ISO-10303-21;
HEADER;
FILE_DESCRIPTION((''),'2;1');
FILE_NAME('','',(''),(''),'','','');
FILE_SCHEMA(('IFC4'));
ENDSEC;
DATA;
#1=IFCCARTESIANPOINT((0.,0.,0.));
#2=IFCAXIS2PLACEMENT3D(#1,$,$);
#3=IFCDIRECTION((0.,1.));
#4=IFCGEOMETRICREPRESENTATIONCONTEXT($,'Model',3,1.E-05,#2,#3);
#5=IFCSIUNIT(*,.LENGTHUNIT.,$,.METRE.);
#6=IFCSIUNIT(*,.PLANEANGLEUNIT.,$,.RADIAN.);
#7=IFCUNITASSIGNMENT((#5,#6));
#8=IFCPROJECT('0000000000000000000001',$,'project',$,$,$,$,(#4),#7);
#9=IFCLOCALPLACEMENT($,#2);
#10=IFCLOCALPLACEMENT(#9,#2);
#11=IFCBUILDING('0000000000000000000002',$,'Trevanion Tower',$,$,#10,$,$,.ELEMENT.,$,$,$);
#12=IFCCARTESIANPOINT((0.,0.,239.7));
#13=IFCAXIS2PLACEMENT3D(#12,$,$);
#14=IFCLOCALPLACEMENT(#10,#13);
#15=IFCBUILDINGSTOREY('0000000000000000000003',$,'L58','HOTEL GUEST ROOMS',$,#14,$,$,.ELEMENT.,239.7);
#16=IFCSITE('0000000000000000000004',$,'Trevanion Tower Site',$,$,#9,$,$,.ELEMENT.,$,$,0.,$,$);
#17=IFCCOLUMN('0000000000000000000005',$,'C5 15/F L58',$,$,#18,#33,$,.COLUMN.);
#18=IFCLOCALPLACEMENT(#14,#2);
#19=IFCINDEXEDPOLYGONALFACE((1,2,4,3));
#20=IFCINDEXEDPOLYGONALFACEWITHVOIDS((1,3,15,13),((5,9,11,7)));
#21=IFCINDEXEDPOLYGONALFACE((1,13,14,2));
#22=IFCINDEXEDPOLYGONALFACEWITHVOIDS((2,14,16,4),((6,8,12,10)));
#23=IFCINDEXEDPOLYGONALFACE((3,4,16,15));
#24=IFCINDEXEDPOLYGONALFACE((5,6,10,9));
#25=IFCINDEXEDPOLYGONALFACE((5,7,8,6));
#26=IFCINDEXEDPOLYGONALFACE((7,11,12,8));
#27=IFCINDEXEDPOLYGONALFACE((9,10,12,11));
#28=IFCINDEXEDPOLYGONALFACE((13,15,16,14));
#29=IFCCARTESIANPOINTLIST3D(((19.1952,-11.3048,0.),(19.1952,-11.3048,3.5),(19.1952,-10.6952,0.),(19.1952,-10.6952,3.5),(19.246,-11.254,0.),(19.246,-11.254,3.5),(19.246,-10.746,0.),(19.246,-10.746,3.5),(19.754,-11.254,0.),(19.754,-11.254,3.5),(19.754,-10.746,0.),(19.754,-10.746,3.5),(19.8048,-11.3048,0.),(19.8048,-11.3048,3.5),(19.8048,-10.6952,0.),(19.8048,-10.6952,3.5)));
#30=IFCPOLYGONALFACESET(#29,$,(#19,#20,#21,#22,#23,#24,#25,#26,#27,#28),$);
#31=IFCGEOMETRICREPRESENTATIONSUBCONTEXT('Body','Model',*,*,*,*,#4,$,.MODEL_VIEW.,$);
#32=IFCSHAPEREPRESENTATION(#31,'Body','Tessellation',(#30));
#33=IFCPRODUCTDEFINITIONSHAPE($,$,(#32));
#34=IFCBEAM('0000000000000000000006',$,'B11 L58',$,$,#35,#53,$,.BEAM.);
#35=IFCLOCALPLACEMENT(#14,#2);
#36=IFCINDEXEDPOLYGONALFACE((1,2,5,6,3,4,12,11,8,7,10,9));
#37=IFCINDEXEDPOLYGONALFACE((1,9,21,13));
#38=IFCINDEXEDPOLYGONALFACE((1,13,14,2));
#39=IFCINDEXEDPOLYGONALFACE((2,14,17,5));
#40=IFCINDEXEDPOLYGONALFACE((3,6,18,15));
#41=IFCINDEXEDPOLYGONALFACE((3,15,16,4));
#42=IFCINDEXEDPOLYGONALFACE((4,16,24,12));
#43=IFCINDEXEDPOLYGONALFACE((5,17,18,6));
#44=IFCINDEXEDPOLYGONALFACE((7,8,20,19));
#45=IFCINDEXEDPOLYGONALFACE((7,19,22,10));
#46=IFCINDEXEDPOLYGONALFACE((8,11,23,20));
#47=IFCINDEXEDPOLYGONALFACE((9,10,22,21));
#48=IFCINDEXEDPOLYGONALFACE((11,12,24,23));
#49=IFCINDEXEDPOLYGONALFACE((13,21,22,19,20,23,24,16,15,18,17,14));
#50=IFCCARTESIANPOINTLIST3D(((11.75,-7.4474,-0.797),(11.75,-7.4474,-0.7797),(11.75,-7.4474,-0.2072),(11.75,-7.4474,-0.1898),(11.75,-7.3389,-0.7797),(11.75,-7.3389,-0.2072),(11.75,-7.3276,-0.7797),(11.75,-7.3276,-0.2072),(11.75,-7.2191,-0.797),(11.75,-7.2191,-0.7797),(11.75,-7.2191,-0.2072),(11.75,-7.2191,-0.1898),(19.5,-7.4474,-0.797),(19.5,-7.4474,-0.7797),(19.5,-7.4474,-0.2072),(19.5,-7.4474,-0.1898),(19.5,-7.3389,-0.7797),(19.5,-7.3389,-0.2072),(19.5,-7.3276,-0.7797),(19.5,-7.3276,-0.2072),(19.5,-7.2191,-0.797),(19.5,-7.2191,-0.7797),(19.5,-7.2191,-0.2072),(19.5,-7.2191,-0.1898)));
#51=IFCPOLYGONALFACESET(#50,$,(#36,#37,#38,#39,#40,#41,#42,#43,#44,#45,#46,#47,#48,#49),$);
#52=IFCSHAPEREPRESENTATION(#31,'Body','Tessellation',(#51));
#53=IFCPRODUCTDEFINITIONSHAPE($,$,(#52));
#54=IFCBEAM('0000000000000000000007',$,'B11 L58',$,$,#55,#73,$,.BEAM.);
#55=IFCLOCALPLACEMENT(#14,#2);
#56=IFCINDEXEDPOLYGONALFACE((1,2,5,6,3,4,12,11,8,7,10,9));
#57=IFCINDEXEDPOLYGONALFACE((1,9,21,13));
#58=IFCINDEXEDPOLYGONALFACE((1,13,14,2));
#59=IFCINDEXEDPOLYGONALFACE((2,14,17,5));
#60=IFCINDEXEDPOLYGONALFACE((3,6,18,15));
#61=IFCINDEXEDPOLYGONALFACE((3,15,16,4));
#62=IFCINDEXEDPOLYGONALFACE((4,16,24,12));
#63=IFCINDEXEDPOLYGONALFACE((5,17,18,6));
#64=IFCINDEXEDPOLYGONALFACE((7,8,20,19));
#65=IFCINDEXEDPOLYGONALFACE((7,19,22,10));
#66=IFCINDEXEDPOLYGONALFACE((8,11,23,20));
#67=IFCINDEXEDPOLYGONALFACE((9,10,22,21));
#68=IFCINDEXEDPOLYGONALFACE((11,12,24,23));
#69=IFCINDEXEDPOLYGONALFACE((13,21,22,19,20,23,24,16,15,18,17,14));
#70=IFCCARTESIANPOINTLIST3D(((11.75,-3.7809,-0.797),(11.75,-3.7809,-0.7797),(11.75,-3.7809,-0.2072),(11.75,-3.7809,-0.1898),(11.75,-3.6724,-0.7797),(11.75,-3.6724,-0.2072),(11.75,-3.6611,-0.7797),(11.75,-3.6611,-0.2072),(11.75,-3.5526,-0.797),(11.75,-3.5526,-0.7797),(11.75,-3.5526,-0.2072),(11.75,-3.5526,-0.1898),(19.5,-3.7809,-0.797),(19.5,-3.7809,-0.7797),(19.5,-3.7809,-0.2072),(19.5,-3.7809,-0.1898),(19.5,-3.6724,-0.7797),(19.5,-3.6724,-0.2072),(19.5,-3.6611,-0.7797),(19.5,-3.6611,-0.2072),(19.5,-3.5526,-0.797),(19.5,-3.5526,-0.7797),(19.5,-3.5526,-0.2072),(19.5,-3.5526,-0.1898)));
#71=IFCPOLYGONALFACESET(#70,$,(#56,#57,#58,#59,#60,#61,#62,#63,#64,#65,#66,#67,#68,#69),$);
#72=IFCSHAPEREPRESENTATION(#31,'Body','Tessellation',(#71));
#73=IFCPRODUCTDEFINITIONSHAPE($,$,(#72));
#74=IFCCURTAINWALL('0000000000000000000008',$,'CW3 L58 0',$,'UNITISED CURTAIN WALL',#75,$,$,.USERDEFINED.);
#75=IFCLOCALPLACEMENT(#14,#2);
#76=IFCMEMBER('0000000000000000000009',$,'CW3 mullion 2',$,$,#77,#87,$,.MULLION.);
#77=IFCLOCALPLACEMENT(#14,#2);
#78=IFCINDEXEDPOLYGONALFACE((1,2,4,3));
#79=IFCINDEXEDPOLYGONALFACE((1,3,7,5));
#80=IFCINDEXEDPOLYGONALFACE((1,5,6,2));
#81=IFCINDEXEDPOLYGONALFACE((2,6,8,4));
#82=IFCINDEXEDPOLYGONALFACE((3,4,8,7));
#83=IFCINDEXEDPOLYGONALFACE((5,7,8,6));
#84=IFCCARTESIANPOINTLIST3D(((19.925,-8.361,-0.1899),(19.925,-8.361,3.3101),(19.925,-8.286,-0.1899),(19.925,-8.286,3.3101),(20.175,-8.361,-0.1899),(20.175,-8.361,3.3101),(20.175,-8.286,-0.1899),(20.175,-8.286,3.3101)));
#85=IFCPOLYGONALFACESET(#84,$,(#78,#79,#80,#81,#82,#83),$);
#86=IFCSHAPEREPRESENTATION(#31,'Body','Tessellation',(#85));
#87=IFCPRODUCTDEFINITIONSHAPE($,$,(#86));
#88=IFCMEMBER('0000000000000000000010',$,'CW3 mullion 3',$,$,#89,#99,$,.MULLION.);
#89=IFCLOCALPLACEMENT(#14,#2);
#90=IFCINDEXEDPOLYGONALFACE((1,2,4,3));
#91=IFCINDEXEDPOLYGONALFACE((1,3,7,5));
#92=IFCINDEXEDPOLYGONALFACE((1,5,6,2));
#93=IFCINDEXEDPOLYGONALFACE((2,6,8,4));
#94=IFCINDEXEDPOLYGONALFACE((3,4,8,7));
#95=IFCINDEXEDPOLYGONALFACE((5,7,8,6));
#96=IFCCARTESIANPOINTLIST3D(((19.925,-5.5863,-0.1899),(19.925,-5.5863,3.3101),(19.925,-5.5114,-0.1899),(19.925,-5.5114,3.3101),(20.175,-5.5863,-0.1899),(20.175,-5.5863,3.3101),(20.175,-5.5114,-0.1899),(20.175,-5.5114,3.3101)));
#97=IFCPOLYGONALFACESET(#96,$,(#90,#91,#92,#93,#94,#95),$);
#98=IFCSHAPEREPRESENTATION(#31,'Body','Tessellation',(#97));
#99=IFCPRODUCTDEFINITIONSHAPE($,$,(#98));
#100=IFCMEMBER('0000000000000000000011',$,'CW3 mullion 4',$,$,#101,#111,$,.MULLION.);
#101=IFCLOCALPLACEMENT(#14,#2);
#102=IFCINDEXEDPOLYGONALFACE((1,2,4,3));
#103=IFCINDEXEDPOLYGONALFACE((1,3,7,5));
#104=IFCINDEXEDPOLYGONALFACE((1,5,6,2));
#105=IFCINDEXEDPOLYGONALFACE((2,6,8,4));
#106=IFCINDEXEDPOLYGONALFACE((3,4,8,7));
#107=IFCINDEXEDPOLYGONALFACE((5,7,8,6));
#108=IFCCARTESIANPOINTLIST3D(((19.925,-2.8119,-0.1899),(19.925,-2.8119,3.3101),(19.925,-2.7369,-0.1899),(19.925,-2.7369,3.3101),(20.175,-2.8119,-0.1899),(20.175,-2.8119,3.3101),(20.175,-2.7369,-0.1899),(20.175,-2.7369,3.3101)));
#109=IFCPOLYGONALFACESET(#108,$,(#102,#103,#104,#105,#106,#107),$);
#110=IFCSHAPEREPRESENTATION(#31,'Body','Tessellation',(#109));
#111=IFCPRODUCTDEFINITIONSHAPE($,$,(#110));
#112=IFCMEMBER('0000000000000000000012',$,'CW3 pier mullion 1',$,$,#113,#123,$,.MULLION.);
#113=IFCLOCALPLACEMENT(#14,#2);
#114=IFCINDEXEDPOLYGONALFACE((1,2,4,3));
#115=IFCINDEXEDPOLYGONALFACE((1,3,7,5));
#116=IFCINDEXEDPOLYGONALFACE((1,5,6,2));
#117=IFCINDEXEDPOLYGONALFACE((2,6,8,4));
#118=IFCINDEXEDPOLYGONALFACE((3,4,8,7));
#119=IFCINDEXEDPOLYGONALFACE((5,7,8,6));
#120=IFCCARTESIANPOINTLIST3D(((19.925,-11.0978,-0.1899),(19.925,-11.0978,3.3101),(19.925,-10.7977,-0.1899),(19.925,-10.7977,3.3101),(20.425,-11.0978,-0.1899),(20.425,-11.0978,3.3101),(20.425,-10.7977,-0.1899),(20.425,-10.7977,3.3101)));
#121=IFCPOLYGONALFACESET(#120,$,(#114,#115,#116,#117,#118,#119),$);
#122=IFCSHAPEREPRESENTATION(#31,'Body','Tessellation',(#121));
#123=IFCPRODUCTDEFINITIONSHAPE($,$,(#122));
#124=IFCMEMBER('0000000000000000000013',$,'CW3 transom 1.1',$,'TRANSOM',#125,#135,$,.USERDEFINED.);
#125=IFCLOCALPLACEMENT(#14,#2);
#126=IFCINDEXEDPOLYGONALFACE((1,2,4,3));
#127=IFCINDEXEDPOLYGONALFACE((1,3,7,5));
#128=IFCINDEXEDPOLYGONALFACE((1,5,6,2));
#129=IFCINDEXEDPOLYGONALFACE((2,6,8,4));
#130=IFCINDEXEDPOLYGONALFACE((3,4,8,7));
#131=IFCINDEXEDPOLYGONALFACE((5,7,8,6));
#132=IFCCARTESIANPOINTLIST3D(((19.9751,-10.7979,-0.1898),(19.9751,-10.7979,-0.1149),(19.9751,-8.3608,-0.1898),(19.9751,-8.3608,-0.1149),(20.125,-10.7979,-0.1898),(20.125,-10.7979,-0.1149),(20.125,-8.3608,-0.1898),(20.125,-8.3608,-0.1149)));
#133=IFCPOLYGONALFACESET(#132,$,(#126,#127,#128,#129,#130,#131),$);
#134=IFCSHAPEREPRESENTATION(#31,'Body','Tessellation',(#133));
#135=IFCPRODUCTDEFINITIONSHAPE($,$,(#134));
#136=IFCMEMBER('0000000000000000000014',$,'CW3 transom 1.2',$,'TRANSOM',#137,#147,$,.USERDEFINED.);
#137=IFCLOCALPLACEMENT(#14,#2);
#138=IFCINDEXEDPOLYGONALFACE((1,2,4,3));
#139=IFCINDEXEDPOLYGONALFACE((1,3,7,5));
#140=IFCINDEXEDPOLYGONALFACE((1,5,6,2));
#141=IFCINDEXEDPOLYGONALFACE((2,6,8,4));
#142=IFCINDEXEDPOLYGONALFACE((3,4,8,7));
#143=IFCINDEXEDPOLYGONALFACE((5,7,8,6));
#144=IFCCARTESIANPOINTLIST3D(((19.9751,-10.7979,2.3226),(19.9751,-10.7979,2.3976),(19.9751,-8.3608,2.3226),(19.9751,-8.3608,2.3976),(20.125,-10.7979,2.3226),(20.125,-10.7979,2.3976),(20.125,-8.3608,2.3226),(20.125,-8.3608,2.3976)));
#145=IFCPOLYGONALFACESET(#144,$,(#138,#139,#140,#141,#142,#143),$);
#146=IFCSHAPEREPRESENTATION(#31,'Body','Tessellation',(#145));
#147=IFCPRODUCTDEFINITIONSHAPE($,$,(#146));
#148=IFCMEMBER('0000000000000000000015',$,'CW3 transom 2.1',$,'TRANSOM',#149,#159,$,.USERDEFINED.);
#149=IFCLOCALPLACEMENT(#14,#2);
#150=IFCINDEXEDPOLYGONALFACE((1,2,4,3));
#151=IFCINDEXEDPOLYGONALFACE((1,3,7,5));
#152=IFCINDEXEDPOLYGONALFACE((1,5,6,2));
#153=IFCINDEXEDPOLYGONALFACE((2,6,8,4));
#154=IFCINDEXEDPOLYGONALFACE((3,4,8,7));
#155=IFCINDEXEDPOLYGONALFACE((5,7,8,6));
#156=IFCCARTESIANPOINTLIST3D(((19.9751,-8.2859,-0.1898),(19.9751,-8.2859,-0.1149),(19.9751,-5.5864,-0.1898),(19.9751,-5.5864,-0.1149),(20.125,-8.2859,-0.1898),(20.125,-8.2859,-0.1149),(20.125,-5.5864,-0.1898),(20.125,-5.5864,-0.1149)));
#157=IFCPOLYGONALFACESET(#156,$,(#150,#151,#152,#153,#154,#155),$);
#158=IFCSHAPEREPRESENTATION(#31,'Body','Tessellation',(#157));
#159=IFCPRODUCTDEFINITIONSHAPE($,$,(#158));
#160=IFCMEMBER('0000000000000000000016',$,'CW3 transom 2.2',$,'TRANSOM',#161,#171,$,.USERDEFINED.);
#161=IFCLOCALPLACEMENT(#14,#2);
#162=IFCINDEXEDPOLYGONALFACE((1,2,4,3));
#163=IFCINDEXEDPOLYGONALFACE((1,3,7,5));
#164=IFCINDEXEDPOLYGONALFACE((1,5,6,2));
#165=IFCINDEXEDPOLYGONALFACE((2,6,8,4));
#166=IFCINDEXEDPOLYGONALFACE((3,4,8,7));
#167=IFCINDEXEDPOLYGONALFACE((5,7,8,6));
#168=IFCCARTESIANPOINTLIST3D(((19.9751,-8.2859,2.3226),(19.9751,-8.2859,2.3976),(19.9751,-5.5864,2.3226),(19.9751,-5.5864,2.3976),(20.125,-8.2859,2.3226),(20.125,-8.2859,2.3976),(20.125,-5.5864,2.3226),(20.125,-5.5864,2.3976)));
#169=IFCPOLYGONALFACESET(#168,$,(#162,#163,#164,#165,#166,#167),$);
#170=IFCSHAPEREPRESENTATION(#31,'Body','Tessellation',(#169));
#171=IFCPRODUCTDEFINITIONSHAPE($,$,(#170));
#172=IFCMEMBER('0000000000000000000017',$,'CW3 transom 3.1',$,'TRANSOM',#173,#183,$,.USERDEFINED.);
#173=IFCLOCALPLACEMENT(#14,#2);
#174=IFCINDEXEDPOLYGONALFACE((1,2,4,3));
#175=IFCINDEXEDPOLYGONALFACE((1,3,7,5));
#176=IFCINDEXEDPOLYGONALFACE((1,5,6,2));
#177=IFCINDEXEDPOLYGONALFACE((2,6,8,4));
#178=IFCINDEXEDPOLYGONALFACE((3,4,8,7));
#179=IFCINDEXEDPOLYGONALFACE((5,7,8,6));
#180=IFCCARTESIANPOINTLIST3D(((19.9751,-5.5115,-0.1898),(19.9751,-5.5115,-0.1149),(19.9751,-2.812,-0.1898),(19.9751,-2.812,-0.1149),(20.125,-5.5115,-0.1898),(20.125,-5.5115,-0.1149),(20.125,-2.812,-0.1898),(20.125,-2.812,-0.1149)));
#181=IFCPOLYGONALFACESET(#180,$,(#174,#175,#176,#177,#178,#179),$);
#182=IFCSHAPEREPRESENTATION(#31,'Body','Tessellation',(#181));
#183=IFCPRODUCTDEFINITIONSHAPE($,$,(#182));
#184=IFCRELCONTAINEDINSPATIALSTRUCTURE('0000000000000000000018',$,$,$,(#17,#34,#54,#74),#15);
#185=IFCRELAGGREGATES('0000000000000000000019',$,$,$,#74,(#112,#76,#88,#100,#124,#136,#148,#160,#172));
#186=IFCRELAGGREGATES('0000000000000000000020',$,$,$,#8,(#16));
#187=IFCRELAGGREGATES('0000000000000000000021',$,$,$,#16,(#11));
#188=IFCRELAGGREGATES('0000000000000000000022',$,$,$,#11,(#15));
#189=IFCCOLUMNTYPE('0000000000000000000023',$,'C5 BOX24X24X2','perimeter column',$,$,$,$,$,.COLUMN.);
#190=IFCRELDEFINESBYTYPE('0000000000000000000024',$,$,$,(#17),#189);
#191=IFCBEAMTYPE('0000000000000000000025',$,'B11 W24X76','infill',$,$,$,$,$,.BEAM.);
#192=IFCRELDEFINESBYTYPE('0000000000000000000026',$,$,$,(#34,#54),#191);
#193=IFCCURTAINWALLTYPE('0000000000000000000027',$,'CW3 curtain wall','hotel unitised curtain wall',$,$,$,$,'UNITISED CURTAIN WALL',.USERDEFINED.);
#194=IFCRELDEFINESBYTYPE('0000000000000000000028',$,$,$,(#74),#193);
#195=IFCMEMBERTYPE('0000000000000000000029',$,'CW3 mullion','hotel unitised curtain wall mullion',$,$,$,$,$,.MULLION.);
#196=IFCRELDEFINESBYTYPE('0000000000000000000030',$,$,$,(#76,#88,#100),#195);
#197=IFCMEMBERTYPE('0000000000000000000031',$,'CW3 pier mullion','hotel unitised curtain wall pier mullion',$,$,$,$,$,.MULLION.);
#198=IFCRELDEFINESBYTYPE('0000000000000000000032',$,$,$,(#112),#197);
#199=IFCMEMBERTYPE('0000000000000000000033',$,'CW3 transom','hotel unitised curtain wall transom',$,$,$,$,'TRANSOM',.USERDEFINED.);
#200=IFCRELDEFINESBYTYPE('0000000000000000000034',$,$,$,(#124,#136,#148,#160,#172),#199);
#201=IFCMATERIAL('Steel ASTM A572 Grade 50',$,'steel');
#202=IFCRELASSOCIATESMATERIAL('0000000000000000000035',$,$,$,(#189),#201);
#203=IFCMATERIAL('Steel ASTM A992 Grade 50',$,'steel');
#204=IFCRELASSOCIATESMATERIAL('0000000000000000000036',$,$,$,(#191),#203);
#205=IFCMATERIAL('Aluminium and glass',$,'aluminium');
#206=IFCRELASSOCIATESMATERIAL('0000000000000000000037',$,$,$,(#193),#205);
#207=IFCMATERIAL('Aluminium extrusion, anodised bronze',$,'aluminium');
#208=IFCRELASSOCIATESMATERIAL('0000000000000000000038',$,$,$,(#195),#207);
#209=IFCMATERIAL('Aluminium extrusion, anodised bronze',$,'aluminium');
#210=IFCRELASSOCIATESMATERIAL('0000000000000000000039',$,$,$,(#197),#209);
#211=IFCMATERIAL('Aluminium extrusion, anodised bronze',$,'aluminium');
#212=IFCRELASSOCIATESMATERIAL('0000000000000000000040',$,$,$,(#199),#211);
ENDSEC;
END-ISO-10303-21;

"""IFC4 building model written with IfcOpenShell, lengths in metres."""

from ifc_helpers import new_model, si_unit, direction, frame, origin, origin_2d, place, context, subcontext, project, spatial, rectangle, hollow_rectangle, i_section, extrude, material, material_profile, profile_set, type_object, element, aggregate, save


model = new_model("IFC4")

# Units and contexts
model_context = context("Model", 3, precision=1e-05, world=origin(), true_north=direction((0.0, 1.0)))
body_context = subcontext(model_context, "Body", "Model", "MODEL_VIEW")
ifc_project = project(units=[si_unit("LENGTHUNIT", "METRE"), si_unit("PLANEANGLEUNIT", "RADIAN")], contexts=[model_context])

# Site, building, storey
site_placement = place(None, origin())
site = spatial("IfcSite", under=ifc_project, at=site_placement, Name="Trevanion Tower Site", CompositionType="ELEMENT", RefElevation=0.0)
building_placement = place(site_placement, origin())
building = spatial("IfcBuilding", under=site, at=building_placement, Name="Trevanion Tower", CompositionType="ELEMENT")
storey_placement = place(building_placement, frame((0.0, 0.0, 239.7)))
storey = spatial("IfcBuildingStorey", under=building, at=storey_placement, Name="L58", Description="HOTEL GUEST ROOMS", CompositionType="ELEMENT", Elevation=239.7)

# Column
ifc_material_1 = material(Name="Steel ASTM A572 Grade 50", Category="steel")
ifc_material_profile_1 = material_profile(ifc_material_1, hollow_rectangle(XDim=0.6096, YDim=0.6096, WallThickness=0.0508, at=origin_2d()), Name="BOX24X24X2")
ifc_profile_set_1 = profile_set([ifc_material_profile_1], Name="Steel ASTM A572 Grade 50")
column_type = type_object("IfcColumnType", Name="C5 BOX24X24X2", Description="perimeter column", PredefinedType="COLUMN", material=ifc_profile_set_1)
column_placement = place(storey_placement, frame((19.5, -11.0, 0.0), z_axis=(0.0, 0.0, 1.0), x_axis=(0.0, 1.0, 0.0)))
element("IfcColumn", 1, at=column_placement, inside=storey, type_object=column_type, Name="C5 15/F L58", PredefinedType="COLUMN", context=body_context, shape_type="SweptSolid", body=[
    extrude(hollow_rectangle(XDim=0.6096, YDim=0.6096, WallThickness=0.0508, at=origin_2d()), origin(), (0.0, 0.0, 1.0), 3.5),
])

# Beams
ifc_material_2 = material(Name="Steel ASTM A992 Grade 50", Category="steel")
ifc_material_profile_2 = material_profile(ifc_material_2, i_section(OverallWidth=0.2283, OverallDepth=0.6072, WebThickness=0.0112, FlangeThickness=0.0173, at=origin_2d()), Name="W24X76")
ifc_profile_set_2 = profile_set([ifc_material_profile_2], Name="Steel ASTM A992 Grade 50")
beam_type_1 = type_object("IfcBeamType", Name="B11 W24X76", Description="infill", PredefinedType="BEAM", material=ifc_profile_set_2)
for number, where, z_axis, x_axis, name in (
    (2, (11.75, -7.3333, -0.4934), (1.0, 0.0, 0.0), (0.0, 1.0, 0.0), "B11 L58"),
    (3, (11.75, -3.6667, -0.4934), (1.0, 0.0, 0.0), (0.0, 1.0, 0.0), "B11 L58"),
):
    element("IfcBeam", number, at=place(storey_placement, frame(where, z_axis=z_axis, x_axis=x_axis)), inside=storey, type_object=beam_type_1, Name=name, PredefinedType="BEAM", context=body_context, shape_type="SweptSolid", body=[
        extrude(i_section(OverallWidth=0.2283, OverallDepth=0.6072, WebThickness=0.0112, FlangeThickness=0.0173, at=origin_2d()), origin(), (0.0, 0.0, 1.0), 7.75),
    ])

# Curtain wall, members
ifc_material_3 = material(Name="Aluminium and glass", Category="aluminium")
curtain_wall_type = type_object("IfcCurtainWallType", Name="CW3 curtain wall", Description="hotel unitised curtain wall", ElementType="UNITISED CURTAIN WALL", PredefinedType="USERDEFINED", material=ifc_material_3)
curtain_wall_placement = place(storey_placement, origin())
curtain_wall = element("IfcCurtainWall", 4, at=curtain_wall_placement, inside=storey, type_object=curtain_wall_type, Name="CW3 L58 0", ObjectType="UNITISED CURTAIN WALL", PredefinedType="USERDEFINED")
ifc_material_4 = material(Name="Aluminium extrusion, anodised bronze", Category="aluminium")
ifc_material_profile_3 = material_profile(ifc_material_4, rectangle(XDim=0.075, YDim=0.25, at=origin_2d()), Name="CW3 mullion")
ifc_profile_set_3 = profile_set([ifc_material_profile_3], Name="Aluminium extrusion, anodised bronze")
member_type_1 = type_object("IfcMemberType", Name="CW3 mullion", Description="hotel unitised curtain wall mullion", PredefinedType="MULLION", material=ifc_profile_set_3)
member_1_placement = place(storey_placement, frame((20.05, -8.3235, -0.1899), z_axis=(0.0, 0.0, 1.0), x_axis=(0.0, 1.0, 0.0)))
member_1 = element("IfcMember", 5, at=member_1_placement, type_object=member_type_1, Name="CW3 mullion 2", PredefinedType="MULLION", context=body_context, shape_type="SweptSolid", body=[
    extrude(rectangle(XDim=0.075, YDim=0.25, at=origin_2d()), origin(), (0.0, 0.0, 1.0), 3.5),
])
member_2_placement = place(storey_placement, frame((20.05, -5.5488, -0.1899), z_axis=(0.0, 0.0, 1.0), x_axis=(0.0, 1.0, 0.0)))
member_2 = element("IfcMember", 6, at=member_2_placement, type_object=member_type_1, Name="CW3 mullion 3", PredefinedType="MULLION", context=body_context, shape_type="SweptSolid", body=[
    extrude(rectangle(XDim=0.075, YDim=0.25, at=origin_2d()), origin(), (0.0, 0.0, 1.0), 3.5),
])
member_3_placement = place(storey_placement, frame((20.05, -2.7744, -0.1899), z_axis=(0.0, 0.0, 1.0), x_axis=(0.0, 1.0, 0.0)))
member_3 = element("IfcMember", 7, at=member_3_placement, type_object=member_type_1, Name="CW3 mullion 4", PredefinedType="MULLION", context=body_context, shape_type="SweptSolid", body=[
    extrude(rectangle(XDim=0.075, YDim=0.25, at=origin_2d()), origin(), (0.0, 0.0, 1.0), 3.5),
])
ifc_material_5 = material(Name="Aluminium extrusion, anodised bronze", Category="aluminium")
ifc_material_profile_4 = material_profile(ifc_material_5, rectangle(XDim=0.3, YDim=0.5, at=origin_2d()), Name="CW3 pier mullion")
ifc_profile_set_4 = profile_set([ifc_material_profile_4], Name="Aluminium extrusion, anodised bronze")
member_type_2 = type_object("IfcMemberType", Name="CW3 pier mullion", Description="hotel unitised curtain wall pier mullion", PredefinedType="MULLION", material=ifc_profile_set_4)
member_4_placement = place(storey_placement, frame((20.175, -10.9478, -0.1899), z_axis=(0.0, 0.0, 1.0), x_axis=(0.0, 1.0, 0.0)))
member_4 = element("IfcMember", 8, at=member_4_placement, type_object=member_type_2, Name="CW3 pier mullion 1", PredefinedType="MULLION", context=body_context, shape_type="SweptSolid", body=[
    extrude(rectangle(XDim=0.3, YDim=0.5, at=origin_2d()), origin(), (0.0, 0.0, 1.0), 3.5),
])
ifc_material_6 = material(Name="Aluminium extrusion, anodised bronze", Category="aluminium")
ifc_material_profile_5 = material_profile(ifc_material_6, rectangle(XDim=0.1499, YDim=0.075, at=origin_2d()), Name="CW3 transom")
ifc_profile_set_5 = profile_set([ifc_material_profile_5], Name="Aluminium extrusion, anodised bronze")
member_type_3 = type_object("IfcMemberType", Name="CW3 transom", Description="hotel unitised curtain wall transom", ElementType="TRANSOM", PredefinedType="USERDEFINED", material=ifc_profile_set_5)
member_5_placement = place(storey_placement, frame((20.05, -10.7979, -0.1523), z_axis=(0.0, 1.0, 0.0), x_axis=(-1.0, 0.0, 0.0)))
member_5 = element("IfcMember", 9, at=member_5_placement, type_object=member_type_3, Name="CW3 transom 1.1", ObjectType="TRANSOM", PredefinedType="USERDEFINED", context=body_context, shape_type="SweptSolid", body=[
    extrude(rectangle(XDim=0.1499, YDim=0.075, at=origin_2d()), origin(), (0.0, 0.0, 1.0), 2.437),
])
member_6_placement = place(storey_placement, frame((20.05, -10.7979, 2.3601), z_axis=(0.0, 1.0, 0.0), x_axis=(-1.0, 0.0, 0.0)))
member_6 = element("IfcMember", 10, at=member_6_placement, type_object=member_type_3, Name="CW3 transom 1.2", ObjectType="TRANSOM", PredefinedType="USERDEFINED", context=body_context, shape_type="SweptSolid", body=[
    extrude(rectangle(XDim=0.1499, YDim=0.075, at=origin_2d()), origin(), (0.0, 0.0, 1.0), 2.437),
])
member_7_placement = place(storey_placement, frame((20.05, -8.2859, -0.1523), z_axis=(0.0, 1.0, 0.0), x_axis=(-1.0, 0.0, 0.0)))
member_7 = element("IfcMember", 11, at=member_7_placement, type_object=member_type_3, Name="CW3 transom 2.1", ObjectType="TRANSOM", PredefinedType="USERDEFINED", context=body_context, shape_type="SweptSolid", body=[
    extrude(rectangle(XDim=0.1499, YDim=0.075, at=origin_2d()), origin(), (0.0, 0.0, 1.0), 2.6995),
])
member_8_placement = place(storey_placement, frame((20.05, -8.2859, 2.3601), z_axis=(0.0, 1.0, 0.0), x_axis=(-1.0, 0.0, 0.0)))
member_8 = element("IfcMember", 12, at=member_8_placement, type_object=member_type_3, Name="CW3 transom 2.2", ObjectType="TRANSOM", PredefinedType="USERDEFINED", context=body_context, shape_type="SweptSolid", body=[
    extrude(rectangle(XDim=0.1499, YDim=0.075, at=origin_2d()), origin(), (0.0, 0.0, 1.0), 2.6995),
])
member_9_placement = place(storey_placement, frame((20.05, -5.5115, -0.1523), z_axis=(0.0, 1.0, 0.0), x_axis=(-1.0, 0.0, 0.0)))
member_9 = element("IfcMember", 13, at=member_9_placement, type_object=member_type_3, Name="CW3 transom 3.1", ObjectType="TRANSOM", PredefinedType="USERDEFINED", context=body_context, shape_type="SweptSolid", body=[
    extrude(rectangle(XDim=0.1499, YDim=0.075, at=origin_2d()), origin(), (0.0, 0.0, 1.0), 2.6995),
])

aggregate(curtain_wall, [member_4, member_1, member_2, member_3, member_5, member_6, member_7, member_8, member_9])

save(model, "model.ifc")
